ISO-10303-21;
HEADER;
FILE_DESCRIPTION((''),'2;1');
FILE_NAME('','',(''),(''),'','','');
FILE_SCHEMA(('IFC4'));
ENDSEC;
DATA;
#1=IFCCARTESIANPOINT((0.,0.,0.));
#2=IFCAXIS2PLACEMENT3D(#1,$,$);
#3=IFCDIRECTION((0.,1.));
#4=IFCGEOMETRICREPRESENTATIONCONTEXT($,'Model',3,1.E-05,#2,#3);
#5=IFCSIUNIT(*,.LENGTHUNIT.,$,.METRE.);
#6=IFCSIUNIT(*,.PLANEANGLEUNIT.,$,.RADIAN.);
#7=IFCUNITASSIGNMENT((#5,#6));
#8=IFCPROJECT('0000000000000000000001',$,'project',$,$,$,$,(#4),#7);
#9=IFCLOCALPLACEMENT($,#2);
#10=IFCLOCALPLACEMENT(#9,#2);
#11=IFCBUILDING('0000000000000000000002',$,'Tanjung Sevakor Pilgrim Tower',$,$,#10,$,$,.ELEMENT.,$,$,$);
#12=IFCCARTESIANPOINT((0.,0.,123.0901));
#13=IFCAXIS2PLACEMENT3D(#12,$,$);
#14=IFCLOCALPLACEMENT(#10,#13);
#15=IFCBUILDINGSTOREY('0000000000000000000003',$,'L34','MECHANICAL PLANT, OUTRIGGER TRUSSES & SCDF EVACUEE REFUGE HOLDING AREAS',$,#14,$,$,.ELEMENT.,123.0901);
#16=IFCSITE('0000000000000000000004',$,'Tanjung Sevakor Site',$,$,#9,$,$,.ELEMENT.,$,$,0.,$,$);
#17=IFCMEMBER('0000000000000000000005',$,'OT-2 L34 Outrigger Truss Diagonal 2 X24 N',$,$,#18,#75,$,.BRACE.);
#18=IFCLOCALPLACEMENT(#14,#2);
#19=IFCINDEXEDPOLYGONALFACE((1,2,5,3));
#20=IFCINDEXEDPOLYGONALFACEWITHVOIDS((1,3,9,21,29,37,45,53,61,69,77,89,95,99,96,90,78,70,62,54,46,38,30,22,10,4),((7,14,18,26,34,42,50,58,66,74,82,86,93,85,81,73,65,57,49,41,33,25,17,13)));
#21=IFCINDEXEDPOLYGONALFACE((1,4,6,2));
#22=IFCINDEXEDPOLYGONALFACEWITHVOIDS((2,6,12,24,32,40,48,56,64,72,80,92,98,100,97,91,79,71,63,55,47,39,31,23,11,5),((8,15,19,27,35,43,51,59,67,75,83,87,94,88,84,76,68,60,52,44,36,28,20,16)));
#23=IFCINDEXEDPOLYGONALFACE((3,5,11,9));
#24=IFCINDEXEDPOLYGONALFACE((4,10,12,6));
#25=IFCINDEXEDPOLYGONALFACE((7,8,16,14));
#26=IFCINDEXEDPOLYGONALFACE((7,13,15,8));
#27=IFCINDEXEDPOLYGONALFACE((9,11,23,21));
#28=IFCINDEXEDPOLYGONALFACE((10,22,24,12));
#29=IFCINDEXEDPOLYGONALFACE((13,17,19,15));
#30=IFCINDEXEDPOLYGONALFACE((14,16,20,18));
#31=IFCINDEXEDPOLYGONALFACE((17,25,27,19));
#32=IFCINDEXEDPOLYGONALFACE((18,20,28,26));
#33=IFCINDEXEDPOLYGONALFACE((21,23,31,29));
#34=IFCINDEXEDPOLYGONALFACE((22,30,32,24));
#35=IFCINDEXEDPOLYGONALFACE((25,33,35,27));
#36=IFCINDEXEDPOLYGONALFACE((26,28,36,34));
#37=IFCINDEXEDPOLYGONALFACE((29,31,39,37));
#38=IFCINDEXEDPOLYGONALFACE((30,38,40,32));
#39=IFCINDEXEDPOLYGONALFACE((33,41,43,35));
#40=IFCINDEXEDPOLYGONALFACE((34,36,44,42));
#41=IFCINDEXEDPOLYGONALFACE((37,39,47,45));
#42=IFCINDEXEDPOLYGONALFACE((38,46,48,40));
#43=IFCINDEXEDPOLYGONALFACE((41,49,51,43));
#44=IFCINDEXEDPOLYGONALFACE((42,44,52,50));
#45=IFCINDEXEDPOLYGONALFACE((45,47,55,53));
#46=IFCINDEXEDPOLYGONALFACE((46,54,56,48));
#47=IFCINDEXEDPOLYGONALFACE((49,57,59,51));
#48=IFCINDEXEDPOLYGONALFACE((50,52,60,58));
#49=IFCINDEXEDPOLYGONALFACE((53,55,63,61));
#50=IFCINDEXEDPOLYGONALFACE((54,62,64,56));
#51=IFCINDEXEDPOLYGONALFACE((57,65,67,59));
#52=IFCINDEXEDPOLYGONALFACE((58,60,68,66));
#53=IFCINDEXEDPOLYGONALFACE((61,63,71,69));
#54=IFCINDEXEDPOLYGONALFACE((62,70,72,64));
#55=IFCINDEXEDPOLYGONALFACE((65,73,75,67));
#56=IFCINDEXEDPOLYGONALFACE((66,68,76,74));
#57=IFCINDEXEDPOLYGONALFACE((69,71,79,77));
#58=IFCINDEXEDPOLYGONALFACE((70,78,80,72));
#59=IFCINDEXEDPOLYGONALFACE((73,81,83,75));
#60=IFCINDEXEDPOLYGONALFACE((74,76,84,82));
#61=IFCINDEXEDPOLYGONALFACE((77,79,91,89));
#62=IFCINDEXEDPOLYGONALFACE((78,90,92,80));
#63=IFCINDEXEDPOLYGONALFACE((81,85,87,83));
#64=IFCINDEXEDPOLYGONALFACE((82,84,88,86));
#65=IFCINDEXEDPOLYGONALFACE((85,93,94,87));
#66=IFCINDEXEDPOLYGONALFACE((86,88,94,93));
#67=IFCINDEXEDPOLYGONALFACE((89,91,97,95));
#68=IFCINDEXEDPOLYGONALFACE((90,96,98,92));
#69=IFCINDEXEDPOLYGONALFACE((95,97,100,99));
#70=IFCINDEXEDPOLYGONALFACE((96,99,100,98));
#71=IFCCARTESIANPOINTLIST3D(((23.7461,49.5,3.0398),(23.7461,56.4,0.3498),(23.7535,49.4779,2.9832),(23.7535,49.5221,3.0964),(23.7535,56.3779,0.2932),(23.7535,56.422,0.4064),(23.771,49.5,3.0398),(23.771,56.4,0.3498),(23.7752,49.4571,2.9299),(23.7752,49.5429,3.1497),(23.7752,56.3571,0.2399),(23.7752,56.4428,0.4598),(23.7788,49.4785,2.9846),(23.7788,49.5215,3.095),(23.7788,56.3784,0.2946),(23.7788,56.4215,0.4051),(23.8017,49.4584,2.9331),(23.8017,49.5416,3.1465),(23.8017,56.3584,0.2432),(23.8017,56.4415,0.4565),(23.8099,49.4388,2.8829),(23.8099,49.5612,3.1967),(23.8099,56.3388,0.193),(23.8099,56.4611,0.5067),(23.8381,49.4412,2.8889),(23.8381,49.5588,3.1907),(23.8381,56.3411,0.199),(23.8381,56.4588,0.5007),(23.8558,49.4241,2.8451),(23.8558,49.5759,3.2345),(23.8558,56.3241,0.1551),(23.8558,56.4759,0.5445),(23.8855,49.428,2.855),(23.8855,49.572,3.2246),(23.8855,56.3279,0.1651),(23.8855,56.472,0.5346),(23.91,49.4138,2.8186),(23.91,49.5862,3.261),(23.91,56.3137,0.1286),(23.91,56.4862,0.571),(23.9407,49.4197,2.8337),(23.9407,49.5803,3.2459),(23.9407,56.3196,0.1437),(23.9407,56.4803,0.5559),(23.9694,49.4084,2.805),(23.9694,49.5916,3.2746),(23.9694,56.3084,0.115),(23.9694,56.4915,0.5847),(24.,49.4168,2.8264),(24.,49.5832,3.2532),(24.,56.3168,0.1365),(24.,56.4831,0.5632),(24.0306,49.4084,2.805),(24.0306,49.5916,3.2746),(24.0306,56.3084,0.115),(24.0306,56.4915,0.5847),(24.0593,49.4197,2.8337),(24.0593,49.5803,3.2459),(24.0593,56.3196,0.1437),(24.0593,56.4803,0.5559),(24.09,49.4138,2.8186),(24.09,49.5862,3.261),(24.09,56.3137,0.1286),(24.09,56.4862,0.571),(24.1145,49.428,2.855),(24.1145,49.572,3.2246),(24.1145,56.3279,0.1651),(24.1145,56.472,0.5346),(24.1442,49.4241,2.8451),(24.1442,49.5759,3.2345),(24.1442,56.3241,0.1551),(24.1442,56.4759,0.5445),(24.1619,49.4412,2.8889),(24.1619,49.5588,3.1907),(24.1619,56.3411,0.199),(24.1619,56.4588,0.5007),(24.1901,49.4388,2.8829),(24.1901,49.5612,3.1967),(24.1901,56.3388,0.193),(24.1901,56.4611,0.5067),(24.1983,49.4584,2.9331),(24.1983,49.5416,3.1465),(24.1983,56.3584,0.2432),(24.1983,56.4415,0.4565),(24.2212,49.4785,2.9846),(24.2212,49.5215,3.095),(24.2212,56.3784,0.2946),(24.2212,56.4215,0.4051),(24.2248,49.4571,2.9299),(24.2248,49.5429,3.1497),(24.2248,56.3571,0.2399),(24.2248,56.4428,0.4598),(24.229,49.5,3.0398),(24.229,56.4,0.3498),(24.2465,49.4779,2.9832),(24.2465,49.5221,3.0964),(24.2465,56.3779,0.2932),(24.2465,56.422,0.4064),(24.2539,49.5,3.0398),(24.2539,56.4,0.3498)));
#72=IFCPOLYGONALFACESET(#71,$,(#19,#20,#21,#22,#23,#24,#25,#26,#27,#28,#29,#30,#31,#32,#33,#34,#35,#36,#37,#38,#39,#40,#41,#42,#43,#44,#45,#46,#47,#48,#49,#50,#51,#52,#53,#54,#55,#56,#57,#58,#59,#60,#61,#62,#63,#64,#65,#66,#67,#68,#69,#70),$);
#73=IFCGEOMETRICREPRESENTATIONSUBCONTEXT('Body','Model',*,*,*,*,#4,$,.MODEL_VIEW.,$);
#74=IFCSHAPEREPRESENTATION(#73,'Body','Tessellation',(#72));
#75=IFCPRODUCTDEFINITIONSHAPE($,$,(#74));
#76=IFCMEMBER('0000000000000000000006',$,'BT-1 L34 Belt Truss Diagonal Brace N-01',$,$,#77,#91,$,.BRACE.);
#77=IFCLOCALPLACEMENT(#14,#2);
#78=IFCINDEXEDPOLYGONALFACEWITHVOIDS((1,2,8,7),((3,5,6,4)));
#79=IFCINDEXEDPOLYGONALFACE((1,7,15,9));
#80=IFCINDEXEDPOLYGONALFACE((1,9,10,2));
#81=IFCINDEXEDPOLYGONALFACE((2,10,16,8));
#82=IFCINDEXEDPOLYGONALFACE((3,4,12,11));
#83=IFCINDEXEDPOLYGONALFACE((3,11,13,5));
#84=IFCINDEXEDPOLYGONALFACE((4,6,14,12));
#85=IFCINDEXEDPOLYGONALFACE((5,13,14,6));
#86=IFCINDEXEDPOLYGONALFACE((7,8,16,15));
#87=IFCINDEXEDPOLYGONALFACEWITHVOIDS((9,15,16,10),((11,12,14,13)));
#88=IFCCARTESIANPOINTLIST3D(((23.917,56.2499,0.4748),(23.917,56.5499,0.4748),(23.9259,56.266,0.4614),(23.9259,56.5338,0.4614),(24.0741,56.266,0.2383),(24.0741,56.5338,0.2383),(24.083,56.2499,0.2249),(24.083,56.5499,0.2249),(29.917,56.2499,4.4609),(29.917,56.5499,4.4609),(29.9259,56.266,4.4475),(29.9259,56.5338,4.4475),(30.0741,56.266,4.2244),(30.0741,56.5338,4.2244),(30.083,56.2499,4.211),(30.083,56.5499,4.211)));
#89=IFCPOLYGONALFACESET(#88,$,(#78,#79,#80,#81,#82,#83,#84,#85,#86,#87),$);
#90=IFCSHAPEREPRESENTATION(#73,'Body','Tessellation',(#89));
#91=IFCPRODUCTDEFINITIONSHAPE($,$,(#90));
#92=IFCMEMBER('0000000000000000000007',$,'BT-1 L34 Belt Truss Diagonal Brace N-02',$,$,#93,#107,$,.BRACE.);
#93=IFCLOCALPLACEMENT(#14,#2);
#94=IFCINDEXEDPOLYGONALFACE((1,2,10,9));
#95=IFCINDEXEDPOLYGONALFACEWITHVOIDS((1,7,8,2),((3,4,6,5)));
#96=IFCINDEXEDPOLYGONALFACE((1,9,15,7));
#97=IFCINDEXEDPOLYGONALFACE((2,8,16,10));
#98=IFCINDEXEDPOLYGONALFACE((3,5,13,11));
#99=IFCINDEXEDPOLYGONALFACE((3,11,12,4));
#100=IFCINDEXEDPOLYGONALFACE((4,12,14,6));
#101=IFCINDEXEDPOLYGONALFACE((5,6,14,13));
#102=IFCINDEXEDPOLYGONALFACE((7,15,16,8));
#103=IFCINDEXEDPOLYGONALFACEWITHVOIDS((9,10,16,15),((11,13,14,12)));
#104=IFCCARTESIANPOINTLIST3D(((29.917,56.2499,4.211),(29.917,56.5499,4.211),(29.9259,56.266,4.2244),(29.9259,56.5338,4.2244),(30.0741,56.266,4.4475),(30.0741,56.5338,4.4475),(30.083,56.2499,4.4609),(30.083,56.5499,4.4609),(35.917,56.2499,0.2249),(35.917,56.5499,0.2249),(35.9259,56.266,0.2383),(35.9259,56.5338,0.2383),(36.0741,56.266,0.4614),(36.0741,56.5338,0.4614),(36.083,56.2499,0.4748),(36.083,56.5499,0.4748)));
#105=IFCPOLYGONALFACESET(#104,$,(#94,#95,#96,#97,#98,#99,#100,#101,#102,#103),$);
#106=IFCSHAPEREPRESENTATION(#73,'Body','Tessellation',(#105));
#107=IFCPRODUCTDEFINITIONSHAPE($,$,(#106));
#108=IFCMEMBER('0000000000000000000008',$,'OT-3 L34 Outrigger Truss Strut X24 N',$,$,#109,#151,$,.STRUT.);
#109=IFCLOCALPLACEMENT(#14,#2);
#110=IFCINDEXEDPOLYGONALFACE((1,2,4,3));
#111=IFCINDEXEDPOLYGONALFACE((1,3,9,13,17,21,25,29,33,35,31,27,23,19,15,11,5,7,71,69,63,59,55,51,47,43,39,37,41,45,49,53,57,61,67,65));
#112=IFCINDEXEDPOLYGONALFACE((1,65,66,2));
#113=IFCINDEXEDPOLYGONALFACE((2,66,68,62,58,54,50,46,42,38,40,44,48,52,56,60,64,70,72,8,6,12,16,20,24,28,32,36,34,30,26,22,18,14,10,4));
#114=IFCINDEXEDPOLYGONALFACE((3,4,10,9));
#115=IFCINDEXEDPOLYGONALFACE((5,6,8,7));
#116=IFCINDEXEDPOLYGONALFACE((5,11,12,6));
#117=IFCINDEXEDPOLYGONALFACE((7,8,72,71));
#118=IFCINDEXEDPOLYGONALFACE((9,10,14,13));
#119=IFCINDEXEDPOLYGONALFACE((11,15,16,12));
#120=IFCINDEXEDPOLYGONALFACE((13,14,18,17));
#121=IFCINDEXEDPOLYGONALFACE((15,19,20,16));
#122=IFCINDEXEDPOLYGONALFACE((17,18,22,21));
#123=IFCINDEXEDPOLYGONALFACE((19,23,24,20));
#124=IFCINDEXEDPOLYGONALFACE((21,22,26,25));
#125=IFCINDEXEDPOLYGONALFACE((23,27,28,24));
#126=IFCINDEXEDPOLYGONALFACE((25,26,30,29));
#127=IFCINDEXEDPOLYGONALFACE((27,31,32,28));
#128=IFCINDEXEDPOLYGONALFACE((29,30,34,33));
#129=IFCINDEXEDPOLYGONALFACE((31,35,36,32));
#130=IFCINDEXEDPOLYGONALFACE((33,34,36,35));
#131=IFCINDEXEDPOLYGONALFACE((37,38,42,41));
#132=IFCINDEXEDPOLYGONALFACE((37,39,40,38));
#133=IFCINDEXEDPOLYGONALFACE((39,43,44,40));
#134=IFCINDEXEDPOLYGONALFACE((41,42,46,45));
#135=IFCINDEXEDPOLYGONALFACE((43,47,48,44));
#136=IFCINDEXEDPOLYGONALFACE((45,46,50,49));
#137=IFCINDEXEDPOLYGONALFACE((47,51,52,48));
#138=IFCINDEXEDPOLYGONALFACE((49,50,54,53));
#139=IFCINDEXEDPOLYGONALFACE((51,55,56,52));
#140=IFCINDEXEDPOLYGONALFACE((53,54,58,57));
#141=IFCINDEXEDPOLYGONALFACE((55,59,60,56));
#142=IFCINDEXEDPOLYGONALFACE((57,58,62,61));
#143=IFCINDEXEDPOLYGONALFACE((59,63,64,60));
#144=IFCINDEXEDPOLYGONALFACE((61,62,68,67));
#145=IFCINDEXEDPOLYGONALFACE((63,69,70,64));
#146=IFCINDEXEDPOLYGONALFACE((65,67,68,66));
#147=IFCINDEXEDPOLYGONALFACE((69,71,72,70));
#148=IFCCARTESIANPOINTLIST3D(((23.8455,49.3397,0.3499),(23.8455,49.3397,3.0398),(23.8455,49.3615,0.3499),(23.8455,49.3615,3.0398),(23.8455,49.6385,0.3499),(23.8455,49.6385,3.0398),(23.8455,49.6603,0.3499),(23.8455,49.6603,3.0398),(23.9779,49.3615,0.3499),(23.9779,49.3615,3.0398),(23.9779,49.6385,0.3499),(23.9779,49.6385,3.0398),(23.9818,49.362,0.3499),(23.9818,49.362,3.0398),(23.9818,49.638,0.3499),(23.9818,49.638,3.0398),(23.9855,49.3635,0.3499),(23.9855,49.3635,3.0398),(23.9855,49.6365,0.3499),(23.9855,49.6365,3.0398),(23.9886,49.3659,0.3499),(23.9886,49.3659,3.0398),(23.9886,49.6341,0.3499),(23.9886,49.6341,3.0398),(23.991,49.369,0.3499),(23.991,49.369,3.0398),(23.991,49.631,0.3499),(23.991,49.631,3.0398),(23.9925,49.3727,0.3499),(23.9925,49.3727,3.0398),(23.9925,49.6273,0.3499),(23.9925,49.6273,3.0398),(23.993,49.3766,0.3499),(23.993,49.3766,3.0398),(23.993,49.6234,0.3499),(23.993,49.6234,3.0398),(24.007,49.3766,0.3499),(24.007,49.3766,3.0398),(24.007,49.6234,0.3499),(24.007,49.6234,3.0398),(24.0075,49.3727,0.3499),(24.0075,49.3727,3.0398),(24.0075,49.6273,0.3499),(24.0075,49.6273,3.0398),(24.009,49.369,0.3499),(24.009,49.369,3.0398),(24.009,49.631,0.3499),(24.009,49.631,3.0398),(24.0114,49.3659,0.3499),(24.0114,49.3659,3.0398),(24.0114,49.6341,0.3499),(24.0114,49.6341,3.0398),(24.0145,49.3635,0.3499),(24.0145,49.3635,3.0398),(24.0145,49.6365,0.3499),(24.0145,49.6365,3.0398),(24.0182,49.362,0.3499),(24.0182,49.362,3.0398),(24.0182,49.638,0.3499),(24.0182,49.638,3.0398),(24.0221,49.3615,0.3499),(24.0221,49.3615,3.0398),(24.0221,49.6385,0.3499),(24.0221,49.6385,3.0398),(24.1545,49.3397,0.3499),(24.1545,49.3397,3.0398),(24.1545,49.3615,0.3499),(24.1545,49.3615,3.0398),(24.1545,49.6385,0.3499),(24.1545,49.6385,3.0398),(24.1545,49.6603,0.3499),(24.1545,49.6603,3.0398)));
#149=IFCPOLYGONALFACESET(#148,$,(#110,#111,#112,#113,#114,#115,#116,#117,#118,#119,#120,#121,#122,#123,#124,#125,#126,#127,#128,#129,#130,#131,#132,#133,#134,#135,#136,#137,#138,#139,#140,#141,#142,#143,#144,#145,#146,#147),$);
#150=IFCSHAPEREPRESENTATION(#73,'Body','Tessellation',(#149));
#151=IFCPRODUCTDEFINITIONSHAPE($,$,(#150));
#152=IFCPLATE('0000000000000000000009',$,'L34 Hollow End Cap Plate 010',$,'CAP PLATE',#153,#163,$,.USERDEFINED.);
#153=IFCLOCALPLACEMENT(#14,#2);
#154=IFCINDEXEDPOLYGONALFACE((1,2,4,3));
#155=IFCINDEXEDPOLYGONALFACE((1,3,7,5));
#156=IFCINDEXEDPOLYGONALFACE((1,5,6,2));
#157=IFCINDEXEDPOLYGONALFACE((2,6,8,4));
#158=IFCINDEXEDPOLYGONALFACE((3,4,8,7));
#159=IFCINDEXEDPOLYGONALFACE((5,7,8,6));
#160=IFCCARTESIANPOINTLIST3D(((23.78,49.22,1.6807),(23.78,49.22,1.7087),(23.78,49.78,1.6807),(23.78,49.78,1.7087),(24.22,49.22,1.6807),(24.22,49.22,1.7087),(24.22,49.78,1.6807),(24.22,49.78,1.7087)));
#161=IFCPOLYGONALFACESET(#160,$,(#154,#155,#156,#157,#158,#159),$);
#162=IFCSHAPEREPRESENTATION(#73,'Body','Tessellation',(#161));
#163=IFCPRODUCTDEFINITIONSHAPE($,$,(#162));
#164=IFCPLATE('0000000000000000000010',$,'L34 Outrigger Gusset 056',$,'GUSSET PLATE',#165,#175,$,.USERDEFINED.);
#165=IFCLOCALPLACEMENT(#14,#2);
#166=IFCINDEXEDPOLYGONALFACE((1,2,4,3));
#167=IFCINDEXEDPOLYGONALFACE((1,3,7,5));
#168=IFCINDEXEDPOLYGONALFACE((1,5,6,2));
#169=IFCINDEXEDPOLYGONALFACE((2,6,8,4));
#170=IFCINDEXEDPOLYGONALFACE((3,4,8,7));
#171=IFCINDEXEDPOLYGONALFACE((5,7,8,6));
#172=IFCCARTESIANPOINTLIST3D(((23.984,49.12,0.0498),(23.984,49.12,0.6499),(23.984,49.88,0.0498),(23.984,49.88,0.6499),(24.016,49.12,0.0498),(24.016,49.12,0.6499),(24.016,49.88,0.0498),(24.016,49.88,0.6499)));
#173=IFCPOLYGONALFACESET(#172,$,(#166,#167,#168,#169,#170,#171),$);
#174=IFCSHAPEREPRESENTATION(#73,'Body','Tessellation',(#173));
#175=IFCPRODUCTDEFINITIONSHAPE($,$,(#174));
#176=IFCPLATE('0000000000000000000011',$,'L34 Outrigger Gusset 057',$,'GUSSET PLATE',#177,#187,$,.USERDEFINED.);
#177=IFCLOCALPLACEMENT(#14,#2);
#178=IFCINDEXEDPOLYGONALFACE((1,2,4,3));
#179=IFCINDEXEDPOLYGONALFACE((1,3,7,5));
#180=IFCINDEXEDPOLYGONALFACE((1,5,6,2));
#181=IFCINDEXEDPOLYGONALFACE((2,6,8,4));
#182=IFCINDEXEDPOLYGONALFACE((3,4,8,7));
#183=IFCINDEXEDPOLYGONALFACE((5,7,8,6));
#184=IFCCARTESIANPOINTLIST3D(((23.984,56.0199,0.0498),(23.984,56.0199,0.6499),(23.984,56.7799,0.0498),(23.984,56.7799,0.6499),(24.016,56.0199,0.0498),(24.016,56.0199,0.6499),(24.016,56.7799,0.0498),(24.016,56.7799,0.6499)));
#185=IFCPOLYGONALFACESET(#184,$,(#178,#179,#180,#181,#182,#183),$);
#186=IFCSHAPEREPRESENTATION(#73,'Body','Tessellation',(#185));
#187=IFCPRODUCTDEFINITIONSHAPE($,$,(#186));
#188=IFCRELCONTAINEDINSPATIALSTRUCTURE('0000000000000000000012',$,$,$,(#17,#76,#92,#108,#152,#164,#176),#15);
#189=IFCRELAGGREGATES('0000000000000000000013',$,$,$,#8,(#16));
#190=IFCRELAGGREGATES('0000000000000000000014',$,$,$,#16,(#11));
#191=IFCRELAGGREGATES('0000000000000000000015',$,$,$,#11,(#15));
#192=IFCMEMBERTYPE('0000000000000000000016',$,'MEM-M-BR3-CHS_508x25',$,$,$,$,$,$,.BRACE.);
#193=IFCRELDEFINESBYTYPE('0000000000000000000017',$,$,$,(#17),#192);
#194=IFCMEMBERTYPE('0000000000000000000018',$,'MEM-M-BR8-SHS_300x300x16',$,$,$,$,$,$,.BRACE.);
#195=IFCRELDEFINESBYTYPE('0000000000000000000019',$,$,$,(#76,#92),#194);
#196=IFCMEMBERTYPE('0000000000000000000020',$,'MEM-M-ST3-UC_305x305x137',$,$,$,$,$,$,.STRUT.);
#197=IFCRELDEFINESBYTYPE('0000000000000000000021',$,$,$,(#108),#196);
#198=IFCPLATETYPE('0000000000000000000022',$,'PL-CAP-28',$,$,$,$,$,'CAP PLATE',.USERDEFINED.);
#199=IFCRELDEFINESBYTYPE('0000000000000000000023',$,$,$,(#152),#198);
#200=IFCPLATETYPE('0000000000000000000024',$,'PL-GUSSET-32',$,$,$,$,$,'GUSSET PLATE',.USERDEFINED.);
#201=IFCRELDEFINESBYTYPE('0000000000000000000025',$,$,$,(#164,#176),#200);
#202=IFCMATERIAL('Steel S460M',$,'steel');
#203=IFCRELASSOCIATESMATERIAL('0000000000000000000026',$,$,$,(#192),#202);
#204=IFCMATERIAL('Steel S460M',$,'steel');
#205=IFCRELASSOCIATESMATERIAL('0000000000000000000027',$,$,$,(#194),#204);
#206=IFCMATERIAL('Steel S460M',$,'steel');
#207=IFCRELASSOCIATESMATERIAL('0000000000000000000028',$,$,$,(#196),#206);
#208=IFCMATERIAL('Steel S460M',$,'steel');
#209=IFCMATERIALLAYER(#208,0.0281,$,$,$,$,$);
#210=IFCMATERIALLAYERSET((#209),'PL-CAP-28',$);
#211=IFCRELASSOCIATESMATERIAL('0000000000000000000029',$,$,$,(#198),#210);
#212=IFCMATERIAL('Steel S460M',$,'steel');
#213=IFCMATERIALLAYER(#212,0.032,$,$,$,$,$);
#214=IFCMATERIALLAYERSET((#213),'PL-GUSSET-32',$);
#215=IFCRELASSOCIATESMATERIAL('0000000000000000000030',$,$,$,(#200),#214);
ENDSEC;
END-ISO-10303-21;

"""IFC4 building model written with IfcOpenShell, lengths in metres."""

from ifc_helpers import new_model, si_unit, direction, frame, origin, origin_2d, place, context, subcontext, project, spatial, rectangle, hollow_rectangle, hollow_circle, i_section, extrude, material, layer, layer_set, material_profile, profile_set, type_object, element, save


model = new_model("IFC4")

# Units and contexts
model_context = context("Model", 3, precision=1e-05, world=origin(), true_north=direction((0.0, 1.0)))
body_context = subcontext(model_context, "Body", "Model", "MODEL_VIEW")
ifc_project = project(units=[si_unit("LENGTHUNIT", "METRE"), si_unit("PLANEANGLEUNIT", "RADIAN")], contexts=[model_context])

# Site, building, storey
site_placement = place(None, origin())
site = spatial("IfcSite", under=ifc_project, at=site_placement, Name="Tanjung Sevakor Site", CompositionType="ELEMENT", RefElevation=0.0)
building_placement = place(site_placement, origin())
building = spatial("IfcBuilding", under=site, at=building_placement, Name="Tanjung Sevakor Pilgrim Tower", CompositionType="ELEMENT")
storey_placement = place(building_placement, frame((0.0, 0.0, 123.0901)))
storey = spatial("IfcBuildingStorey", under=building, at=storey_placement, Name="L34", Description="MECHANICAL PLANT, OUTRIGGER TRUSSES & SCDF EVACUEE REFUGE HOLDING AREAS", CompositionType="ELEMENT", Elevation=123.0901)

# Members
ifc_material_1 = material(Name="Steel S460M", Category="steel")
ifc_material_profile_1 = material_profile(ifc_material_1, hollow_circle(Radius=0.2539, WallThickness=0.0249, at=origin_2d()))
ifc_profile_set_1 = profile_set([ifc_material_profile_1], Name="Steel S460M")
member_type_1 = type_object("IfcMemberType", Name="MEM-M-BR3-CHS_508x25", PredefinedType="BRACE", material=ifc_profile_set_1)
member_1_placement = place(storey_placement, frame((24.0, 49.5, 3.0398), z_axis=(0.0, 0.931701, -0.363226), x_axis=(-1.0, 0.0, 0.0)))
element("IfcMember", 1, at=member_1_placement, inside=storey, type_object=member_type_1, Name="OT-2 L34 Outrigger Truss Diagonal 2 X24 N", PredefinedType="BRACE", context=body_context, shape_type="SweptSolid", body=[
    extrude(hollow_circle(Radius=0.2539, WallThickness=0.0249, at=origin_2d()), origin(), (0.0, 0.0, 1.0), 7.4058),
])
ifc_material_2 = material(Name="Steel S460M", Category="steel")
ifc_material_profile_2 = material_profile(ifc_material_2, hollow_rectangle(XDim=0.3, YDim=0.3, WallThickness=0.0161, at=origin_2d()))
ifc_profile_set_2 = profile_set([ifc_material_profile_2], Name="Steel S460M")
member_type_2 = type_object("IfcMemberType", Name="MEM-M-BR8-SHS_300x300x16", PredefinedType="BRACE", material=ifc_profile_set_2)
for number, where, z_axis, x_axis, name in (
    (2, (24.0, 56.3999, 0.3499), (0.832941, 0.0, 0.553362), (0.0, 1.0, 0.0), "BT-1 L34 Belt Truss Diagonal Brace N-01"),
    (3, (30.0, 56.3999, 4.3359), (0.832941, 0.0, -0.553362), (0.0, 1.0, 0.0), "BT-1 L34 Belt Truss Diagonal Brace N-02"),
):
    element("IfcMember", number, at=place(storey_placement, frame(where, z_axis=z_axis, x_axis=x_axis)), inside=storey, type_object=member_type_2, Name=name, PredefinedType="BRACE", context=body_context, shape_type="SweptSolid", body=[
        extrude(hollow_rectangle(XDim=0.3, YDim=0.3, WallThickness=0.0161, at=origin_2d()), origin(), (0.0, 0.0, 1.0), 7.2034),
    ])
ifc_material_3 = material(Name="Steel S460M", Category="steel")
ifc_material_profile_3 = material_profile(ifc_material_3, i_section(OverallWidth=0.3091, OverallDepth=0.3206, WebThickness=0.0139, FlangeThickness=0.0217, FilletRadius=0.0151, at=origin_2d()))
ifc_profile_set_3 = profile_set([ifc_material_profile_3], Name="Steel S460M")
member_type_3 = type_object("IfcMemberType", Name="MEM-M-ST3-UC_305x305x137", PredefinedType="STRUT", material=ifc_profile_set_3)
member_2_placement = place(storey_placement, frame((24.0, 49.5, 0.3499), z_axis=(0.0, 0.0, 1.0), x_axis=(1.0, 0.0, 0.0)))
element("IfcMember", 4, at=member_2_placement, inside=storey, type_object=member_type_3, Name="OT-3 L34 Outrigger Truss Strut X24 N", PredefinedType="STRUT", context=body_context, shape_type="SweptSolid", body=[
    extrude(i_section(OverallWidth=0.3091, OverallDepth=0.3206, WebThickness=0.0139, FlangeThickness=0.0217, FilletRadius=0.0151, at=origin_2d()), origin(), (0.0, 0.0, 1.0), 2.6899),
])

# Plates
ifc_material_4 = material(Name="Steel S460M", Category="steel")
ifc_layer_1 = layer(ifc_material_4, 0.0281)
ifc_layer_set_1 = layer_set([ifc_layer_1], Name="PL-CAP-28")
plate_type_1 = type_object("IfcPlateType", Name="PL-CAP-28", ElementType="CAP PLATE", PredefinedType="USERDEFINED", material=ifc_layer_set_1)
plate_placement = place(storey_placement, frame((24.0, 49.5, 1.6807), z_axis=(0.0, 0.0, 1.0), x_axis=(1.0, 0.0, 0.0)))
element("IfcPlate", 5, at=plate_placement, inside=storey, type_object=plate_type_1, Name="L34 Hollow End Cap Plate 010", ObjectType="CAP PLATE", PredefinedType="USERDEFINED", context=body_context, shape_type="SweptSolid", body=[
    extrude(rectangle(XDim=0.4399, YDim=0.5601, at=origin_2d()), origin(), (0.0, 0.0, 1.0), 0.0281),
])
ifc_material_5 = material(Name="Steel S460M", Category="steel")
ifc_layer_2 = layer(ifc_material_5, 0.032)
ifc_layer_set_2 = layer_set([ifc_layer_2], Name="PL-GUSSET-32")
plate_type_2 = type_object("IfcPlateType", Name="PL-GUSSET-32", ElementType="GUSSET PLATE", PredefinedType="USERDEFINED", material=ifc_layer_set_2)
for number, where, z_axis, x_axis, name in (
    (6, (24.0, 49.5, 0.0498), (0.0, 0.0, 1.0), (1.0, 0.0, 0.0), "L34 Outrigger Gusset 056"),
    (7, (24.0, 56.3999, 0.0498), (0.0, 0.0, 1.0), (1.0, 0.0, 0.0), "L34 Outrigger Gusset 057"),
):
    element("IfcPlate", number, at=place(storey_placement, frame(where, z_axis=z_axis, x_axis=x_axis)), inside=storey, type_object=plate_type_2, Name=name, ObjectType="GUSSET PLATE", PredefinedType="USERDEFINED", context=body_context, shape_type="SweptSolid", body=[
        extrude(rectangle(XDim=0.032, YDim=0.76, at=origin_2d()), origin(), (0.0, 0.0, 1.0), 0.6001),
    ])

save(model, "model.ifc")
